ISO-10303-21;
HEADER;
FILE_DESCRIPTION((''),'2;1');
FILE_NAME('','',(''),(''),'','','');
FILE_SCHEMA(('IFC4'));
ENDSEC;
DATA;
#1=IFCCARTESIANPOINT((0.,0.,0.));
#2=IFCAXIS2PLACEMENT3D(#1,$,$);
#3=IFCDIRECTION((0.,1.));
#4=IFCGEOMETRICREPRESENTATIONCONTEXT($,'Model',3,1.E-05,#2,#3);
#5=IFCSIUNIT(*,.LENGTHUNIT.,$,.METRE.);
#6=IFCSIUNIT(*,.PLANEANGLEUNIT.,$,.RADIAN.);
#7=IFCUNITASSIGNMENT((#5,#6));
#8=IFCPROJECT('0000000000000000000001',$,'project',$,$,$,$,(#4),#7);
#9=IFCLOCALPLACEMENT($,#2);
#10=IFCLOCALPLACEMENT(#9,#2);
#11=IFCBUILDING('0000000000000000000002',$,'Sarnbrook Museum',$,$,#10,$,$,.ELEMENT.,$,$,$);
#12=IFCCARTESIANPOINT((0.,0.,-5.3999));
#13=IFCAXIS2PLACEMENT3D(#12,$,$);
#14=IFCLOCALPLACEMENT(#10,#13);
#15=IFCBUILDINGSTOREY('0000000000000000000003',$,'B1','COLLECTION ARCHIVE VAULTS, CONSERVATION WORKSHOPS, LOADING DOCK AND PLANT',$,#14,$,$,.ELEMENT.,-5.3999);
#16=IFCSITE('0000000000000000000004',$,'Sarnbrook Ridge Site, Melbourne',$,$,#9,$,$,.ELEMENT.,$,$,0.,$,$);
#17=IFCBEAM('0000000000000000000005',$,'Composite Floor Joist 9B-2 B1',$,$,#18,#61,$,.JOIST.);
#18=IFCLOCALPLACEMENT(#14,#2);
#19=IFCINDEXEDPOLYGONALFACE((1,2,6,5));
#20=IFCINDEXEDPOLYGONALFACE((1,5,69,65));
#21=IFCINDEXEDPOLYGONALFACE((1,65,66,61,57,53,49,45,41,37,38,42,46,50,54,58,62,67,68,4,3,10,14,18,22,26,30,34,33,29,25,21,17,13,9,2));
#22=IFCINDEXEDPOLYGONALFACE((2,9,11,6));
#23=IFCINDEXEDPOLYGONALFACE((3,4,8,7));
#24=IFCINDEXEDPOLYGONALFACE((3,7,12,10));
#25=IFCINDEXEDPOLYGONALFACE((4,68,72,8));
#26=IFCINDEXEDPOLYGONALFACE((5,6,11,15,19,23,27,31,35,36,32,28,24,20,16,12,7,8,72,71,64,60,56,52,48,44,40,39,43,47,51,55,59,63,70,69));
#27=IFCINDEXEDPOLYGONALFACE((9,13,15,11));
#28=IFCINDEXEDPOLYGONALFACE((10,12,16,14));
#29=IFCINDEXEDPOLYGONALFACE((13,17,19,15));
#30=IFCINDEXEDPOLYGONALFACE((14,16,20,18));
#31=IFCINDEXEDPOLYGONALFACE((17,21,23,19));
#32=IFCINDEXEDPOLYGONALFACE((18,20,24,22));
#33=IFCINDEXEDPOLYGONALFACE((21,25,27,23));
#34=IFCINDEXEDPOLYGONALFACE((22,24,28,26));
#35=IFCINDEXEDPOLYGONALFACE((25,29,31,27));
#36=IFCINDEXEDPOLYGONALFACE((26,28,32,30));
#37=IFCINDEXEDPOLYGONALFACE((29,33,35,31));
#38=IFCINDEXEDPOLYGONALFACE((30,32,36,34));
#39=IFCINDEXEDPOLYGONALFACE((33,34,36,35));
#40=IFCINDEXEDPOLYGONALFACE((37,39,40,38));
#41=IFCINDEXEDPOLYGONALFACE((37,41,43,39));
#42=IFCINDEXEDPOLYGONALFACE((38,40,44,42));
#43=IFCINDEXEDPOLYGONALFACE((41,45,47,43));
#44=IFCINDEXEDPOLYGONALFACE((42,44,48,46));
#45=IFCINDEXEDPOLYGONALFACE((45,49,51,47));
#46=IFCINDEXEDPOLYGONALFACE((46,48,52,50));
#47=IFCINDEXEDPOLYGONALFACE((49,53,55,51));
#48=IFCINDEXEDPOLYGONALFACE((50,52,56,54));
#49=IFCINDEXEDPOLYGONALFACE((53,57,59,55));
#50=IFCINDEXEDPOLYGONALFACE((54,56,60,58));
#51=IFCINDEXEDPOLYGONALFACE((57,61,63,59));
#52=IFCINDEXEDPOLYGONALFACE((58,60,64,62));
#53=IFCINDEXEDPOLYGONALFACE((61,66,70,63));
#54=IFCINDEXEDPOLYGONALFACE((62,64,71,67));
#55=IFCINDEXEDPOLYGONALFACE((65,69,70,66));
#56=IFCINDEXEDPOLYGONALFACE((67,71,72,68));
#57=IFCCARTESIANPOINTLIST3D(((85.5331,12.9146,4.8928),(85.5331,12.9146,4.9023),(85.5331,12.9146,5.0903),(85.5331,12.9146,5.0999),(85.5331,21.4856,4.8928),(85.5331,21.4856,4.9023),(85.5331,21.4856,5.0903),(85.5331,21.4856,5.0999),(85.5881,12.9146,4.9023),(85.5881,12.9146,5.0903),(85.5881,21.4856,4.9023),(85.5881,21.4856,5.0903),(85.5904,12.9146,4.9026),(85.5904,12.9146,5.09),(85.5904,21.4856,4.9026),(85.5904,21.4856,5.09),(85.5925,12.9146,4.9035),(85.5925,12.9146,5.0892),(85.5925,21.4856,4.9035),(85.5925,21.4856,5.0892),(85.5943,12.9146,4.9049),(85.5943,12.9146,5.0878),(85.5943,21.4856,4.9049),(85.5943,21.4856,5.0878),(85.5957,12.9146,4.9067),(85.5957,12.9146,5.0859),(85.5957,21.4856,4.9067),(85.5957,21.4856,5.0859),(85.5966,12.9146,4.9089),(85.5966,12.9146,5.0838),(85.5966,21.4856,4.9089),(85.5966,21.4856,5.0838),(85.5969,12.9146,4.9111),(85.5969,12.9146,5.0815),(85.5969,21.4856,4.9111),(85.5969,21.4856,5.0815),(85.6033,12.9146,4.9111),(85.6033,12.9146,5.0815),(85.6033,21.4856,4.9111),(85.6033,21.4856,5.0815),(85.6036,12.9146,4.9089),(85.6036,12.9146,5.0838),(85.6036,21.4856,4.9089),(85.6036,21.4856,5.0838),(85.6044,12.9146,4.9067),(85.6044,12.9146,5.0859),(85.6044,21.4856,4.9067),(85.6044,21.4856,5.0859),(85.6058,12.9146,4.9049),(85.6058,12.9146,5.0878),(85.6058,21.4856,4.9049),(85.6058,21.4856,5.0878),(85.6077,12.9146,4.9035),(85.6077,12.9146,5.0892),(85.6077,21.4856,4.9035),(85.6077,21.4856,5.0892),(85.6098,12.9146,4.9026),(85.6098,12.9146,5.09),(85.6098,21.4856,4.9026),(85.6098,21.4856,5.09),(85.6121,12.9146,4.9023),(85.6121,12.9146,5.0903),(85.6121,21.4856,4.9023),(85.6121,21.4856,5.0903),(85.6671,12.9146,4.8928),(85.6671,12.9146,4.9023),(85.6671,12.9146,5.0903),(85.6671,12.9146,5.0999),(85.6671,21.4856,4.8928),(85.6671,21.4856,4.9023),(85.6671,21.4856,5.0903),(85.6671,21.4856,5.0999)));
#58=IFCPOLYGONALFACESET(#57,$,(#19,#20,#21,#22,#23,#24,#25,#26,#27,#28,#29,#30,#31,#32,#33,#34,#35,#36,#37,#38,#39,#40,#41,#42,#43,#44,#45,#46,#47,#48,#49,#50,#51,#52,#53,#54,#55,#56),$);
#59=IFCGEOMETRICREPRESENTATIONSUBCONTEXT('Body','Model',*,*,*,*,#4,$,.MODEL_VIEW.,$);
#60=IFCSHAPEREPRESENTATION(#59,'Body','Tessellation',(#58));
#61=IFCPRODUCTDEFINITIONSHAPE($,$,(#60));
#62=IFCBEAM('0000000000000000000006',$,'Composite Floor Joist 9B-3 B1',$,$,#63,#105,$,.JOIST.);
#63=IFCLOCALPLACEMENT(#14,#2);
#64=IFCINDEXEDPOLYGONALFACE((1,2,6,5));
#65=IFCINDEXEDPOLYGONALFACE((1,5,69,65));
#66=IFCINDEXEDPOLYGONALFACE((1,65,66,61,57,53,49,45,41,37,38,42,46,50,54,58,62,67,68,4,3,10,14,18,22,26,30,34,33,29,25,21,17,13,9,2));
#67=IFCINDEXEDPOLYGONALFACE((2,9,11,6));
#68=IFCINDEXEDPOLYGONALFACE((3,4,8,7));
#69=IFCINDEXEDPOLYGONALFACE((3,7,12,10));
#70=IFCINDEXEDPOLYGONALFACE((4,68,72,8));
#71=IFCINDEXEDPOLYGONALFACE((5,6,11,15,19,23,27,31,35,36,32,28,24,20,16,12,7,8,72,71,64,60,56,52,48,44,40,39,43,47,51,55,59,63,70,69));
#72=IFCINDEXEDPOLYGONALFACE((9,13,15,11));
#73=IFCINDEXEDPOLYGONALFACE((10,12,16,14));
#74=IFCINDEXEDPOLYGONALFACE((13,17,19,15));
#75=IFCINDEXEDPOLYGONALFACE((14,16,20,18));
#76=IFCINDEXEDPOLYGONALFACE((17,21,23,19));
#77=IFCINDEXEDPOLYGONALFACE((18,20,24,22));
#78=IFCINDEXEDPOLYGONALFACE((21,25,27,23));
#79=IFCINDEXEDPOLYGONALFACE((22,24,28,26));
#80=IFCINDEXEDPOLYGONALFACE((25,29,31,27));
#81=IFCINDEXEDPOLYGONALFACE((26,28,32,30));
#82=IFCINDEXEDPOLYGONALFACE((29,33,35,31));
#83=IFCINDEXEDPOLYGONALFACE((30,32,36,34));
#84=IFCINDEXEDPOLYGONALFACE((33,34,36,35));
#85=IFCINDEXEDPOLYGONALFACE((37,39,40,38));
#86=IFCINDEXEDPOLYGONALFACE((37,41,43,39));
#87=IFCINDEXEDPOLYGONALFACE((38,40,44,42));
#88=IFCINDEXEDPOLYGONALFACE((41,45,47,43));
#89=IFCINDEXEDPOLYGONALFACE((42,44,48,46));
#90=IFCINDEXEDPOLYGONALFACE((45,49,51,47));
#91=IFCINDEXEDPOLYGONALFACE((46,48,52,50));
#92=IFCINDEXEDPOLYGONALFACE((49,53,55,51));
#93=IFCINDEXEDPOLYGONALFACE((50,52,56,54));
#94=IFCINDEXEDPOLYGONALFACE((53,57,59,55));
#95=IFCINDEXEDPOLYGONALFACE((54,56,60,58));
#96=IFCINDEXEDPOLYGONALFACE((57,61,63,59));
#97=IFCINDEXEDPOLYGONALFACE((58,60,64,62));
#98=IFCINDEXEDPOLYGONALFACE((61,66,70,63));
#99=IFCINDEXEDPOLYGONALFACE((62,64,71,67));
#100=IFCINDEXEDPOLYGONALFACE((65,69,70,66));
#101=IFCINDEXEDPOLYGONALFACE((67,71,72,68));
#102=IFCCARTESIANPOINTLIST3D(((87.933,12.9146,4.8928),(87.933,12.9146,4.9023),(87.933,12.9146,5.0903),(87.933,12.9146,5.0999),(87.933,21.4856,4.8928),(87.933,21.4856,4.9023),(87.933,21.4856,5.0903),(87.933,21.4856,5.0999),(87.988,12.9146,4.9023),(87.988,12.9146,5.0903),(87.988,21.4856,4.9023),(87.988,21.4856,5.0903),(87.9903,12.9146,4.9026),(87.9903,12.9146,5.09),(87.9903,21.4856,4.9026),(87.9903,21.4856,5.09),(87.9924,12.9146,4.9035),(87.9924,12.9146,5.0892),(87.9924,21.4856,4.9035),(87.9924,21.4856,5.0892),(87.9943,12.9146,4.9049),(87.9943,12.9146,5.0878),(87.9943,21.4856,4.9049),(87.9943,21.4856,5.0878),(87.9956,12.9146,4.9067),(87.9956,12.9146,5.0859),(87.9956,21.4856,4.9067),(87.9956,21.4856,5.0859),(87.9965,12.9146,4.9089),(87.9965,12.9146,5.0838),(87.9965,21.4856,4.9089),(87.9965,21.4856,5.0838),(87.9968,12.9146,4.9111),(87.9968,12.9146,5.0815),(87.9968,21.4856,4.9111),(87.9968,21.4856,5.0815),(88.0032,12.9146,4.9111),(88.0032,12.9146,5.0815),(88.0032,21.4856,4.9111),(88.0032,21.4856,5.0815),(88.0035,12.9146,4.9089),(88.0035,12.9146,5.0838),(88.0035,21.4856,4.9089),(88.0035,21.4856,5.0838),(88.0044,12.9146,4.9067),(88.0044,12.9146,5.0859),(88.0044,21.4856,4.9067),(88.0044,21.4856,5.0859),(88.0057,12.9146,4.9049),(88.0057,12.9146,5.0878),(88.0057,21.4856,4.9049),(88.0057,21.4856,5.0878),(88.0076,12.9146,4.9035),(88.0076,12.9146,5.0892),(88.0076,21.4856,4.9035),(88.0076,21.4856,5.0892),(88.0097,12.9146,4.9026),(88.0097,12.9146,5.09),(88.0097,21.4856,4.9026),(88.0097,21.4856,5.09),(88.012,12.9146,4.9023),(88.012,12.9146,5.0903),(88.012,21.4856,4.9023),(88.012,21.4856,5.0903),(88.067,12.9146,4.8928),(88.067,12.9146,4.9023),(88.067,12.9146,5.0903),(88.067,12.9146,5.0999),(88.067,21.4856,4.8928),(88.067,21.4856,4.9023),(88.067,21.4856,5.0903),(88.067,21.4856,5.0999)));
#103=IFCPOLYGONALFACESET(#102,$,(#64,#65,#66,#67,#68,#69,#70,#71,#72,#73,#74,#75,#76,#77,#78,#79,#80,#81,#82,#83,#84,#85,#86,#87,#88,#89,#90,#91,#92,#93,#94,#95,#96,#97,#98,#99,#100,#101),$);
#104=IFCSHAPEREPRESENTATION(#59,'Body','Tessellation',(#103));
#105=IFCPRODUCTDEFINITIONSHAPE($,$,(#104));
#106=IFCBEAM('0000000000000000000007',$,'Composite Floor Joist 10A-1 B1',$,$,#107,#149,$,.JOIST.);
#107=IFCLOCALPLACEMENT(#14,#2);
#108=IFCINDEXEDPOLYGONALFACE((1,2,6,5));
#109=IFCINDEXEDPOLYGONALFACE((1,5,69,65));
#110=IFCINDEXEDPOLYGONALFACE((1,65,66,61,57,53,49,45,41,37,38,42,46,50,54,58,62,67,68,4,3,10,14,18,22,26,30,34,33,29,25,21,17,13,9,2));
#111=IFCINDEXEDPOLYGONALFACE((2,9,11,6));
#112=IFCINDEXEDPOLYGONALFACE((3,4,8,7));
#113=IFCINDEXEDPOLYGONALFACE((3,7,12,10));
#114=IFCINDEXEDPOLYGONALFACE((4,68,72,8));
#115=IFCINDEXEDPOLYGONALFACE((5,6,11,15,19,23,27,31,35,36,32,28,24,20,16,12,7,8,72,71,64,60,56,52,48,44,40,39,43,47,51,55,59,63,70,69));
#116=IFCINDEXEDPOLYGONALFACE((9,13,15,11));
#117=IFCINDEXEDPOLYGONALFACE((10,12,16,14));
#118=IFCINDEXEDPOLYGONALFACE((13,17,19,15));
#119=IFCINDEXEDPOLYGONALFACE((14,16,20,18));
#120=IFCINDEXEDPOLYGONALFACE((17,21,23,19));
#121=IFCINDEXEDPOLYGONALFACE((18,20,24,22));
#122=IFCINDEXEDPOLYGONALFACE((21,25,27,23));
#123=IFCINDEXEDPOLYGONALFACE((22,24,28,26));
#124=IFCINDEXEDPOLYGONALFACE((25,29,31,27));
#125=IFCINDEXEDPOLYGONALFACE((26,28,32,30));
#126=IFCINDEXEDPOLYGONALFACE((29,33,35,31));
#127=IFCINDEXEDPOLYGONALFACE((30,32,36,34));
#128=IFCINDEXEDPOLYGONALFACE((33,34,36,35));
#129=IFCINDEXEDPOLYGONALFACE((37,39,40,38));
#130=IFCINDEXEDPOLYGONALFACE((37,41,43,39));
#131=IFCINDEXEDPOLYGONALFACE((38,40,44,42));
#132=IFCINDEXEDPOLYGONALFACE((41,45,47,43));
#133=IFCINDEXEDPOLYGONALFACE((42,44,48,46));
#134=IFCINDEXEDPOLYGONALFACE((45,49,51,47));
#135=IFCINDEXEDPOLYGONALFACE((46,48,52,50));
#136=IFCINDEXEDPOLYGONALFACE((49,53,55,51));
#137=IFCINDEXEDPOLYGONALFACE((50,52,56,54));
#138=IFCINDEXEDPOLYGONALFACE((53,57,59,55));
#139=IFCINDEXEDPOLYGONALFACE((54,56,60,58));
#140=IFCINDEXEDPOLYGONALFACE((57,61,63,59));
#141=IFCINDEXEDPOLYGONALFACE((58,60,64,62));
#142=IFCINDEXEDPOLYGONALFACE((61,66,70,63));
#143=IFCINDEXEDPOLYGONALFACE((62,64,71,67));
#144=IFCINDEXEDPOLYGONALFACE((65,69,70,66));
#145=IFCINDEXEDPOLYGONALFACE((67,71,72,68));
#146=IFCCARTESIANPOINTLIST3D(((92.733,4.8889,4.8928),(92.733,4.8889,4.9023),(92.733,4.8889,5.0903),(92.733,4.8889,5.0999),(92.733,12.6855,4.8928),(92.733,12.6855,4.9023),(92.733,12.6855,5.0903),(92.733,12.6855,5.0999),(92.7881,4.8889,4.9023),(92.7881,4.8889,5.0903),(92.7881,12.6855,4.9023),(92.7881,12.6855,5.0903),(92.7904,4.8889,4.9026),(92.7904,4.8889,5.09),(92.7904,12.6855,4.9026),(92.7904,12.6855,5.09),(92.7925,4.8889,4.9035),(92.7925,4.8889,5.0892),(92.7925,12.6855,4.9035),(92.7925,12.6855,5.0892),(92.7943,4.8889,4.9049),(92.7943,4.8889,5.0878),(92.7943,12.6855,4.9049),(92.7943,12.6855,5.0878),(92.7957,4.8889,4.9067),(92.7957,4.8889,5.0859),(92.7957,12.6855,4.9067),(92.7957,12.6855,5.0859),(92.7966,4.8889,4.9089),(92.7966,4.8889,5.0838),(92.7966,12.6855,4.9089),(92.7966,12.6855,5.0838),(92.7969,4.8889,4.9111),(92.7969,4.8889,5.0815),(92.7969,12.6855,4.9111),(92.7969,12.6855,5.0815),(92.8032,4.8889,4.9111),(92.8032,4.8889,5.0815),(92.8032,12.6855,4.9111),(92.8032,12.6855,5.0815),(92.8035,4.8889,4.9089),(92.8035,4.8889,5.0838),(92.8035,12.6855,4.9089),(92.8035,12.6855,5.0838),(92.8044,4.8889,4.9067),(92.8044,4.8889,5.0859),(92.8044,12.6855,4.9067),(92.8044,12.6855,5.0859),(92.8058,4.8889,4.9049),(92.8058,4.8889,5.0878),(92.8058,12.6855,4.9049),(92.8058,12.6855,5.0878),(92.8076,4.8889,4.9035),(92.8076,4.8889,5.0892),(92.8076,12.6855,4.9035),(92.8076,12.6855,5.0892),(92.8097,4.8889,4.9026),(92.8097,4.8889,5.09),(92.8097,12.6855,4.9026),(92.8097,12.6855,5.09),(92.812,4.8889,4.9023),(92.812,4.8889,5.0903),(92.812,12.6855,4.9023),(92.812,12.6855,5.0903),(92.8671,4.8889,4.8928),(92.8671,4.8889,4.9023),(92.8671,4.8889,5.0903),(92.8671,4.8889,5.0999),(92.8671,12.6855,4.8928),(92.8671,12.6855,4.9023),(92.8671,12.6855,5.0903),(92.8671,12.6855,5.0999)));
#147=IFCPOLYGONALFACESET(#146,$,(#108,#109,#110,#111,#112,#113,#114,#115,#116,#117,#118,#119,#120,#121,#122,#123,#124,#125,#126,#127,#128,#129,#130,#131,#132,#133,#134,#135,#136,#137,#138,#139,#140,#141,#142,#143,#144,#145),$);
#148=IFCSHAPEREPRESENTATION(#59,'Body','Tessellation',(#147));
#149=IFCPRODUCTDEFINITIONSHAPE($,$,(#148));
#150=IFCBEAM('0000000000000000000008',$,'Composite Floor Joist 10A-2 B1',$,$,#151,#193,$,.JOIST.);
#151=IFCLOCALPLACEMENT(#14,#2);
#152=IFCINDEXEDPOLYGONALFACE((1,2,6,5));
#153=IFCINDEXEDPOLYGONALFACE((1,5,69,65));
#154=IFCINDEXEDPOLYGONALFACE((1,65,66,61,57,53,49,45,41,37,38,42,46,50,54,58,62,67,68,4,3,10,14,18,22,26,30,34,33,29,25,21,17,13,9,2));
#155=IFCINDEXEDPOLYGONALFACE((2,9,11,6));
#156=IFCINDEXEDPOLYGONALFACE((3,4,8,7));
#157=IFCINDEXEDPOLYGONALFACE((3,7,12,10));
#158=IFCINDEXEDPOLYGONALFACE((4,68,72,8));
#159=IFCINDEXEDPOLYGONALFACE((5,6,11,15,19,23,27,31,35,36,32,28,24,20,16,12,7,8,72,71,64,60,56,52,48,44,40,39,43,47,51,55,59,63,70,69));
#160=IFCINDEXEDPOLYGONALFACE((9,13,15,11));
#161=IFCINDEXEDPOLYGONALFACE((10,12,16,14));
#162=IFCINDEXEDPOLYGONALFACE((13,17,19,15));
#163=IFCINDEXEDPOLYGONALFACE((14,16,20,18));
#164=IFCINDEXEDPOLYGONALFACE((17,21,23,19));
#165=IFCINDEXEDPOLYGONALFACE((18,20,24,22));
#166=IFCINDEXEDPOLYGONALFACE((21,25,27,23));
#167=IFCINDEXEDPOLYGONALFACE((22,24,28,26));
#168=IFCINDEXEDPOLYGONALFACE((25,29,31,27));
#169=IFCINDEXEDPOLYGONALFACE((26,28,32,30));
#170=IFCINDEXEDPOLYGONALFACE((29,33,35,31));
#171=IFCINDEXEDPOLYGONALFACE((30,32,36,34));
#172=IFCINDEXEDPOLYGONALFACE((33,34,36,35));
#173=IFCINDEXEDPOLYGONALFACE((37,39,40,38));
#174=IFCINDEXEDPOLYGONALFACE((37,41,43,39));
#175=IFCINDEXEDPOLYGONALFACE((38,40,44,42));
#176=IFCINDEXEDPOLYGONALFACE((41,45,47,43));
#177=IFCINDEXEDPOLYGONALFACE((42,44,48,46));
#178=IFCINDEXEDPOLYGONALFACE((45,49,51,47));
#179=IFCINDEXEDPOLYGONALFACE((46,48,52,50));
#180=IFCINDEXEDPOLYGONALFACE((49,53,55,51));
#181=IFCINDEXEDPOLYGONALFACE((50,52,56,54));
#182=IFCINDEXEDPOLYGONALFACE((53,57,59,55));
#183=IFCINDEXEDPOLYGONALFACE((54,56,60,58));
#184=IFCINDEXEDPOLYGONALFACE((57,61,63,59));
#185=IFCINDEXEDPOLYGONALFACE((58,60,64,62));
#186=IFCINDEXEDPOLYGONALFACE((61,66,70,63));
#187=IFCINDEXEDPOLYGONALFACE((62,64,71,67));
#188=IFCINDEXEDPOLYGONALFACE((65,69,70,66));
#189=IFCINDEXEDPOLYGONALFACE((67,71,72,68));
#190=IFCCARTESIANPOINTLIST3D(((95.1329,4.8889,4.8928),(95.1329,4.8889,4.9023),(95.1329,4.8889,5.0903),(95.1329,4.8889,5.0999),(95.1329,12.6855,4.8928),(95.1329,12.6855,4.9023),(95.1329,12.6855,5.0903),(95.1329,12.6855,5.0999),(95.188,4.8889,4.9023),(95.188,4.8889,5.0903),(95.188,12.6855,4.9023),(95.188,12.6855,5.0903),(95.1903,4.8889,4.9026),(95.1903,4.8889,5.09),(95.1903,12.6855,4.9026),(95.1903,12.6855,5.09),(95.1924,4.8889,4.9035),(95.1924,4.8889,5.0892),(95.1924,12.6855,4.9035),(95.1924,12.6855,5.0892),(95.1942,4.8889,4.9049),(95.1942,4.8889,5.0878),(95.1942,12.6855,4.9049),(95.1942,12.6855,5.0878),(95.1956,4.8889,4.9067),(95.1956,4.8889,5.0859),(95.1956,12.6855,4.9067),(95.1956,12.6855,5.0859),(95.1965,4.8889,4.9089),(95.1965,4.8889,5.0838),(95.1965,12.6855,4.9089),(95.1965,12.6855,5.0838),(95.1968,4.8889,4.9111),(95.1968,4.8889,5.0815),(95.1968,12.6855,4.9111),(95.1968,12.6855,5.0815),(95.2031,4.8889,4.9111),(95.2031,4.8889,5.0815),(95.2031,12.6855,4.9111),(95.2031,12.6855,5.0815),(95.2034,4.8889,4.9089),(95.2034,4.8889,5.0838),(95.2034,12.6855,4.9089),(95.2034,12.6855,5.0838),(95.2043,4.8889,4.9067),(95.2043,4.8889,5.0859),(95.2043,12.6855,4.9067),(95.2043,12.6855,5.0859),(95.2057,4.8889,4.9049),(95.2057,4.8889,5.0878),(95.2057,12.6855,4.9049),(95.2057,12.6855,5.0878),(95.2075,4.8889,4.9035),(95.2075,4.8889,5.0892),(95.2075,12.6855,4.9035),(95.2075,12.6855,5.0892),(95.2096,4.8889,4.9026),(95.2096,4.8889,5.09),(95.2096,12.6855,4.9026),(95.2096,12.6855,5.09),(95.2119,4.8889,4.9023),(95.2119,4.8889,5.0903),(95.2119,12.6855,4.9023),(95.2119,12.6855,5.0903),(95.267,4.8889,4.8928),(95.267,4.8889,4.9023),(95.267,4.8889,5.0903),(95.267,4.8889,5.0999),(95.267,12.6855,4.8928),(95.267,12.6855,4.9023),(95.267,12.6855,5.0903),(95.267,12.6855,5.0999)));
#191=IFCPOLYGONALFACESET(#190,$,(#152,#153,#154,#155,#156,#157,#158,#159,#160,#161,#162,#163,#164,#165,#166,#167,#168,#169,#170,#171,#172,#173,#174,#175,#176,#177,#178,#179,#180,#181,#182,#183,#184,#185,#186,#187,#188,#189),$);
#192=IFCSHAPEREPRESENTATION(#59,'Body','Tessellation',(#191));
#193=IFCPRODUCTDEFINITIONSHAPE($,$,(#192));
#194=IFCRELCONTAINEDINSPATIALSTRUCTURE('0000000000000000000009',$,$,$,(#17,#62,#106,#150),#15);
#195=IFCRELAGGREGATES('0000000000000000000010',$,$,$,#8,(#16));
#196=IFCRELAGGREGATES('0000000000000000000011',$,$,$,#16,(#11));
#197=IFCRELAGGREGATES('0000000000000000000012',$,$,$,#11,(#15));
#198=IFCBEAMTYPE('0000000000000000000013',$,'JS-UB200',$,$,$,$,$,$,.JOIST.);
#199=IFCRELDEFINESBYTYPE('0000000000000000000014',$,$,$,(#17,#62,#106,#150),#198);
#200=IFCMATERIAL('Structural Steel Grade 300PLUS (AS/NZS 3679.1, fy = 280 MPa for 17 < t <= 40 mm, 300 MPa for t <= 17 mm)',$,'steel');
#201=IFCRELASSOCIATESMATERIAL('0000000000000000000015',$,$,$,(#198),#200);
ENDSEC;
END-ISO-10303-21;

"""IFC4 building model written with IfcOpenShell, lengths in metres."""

from ifc_helpers import new_model, si_unit, direction, frame, origin, origin_2d, place, context, subcontext, project, spatial, i_section, extrude, material, material_profile, profile_set, type_object, element, save


model = new_model("IFC4")

# Units and contexts
model_context = context("Model", 3, precision=1e-05, world=origin(), true_north=direction((0.0, 1.0)))
body_context = subcontext(model_context, "Body", "Model", "MODEL_VIEW")
ifc_project = project(units=[si_unit("LENGTHUNIT", "METRE"), si_unit("PLANEANGLEUNIT", "RADIAN")], contexts=[model_context])

# Site, building, storey
site_placement = place(None, origin())
site = spatial("IfcSite", under=ifc_project, at=site_placement, Name="Sarnbrook Ridge Site, Melbourne", CompositionType="ELEMENT", RefElevation=0.0)
building_placement = place(site_placement, origin())
building = spatial("IfcBuilding", under=site, at=building_placement, Name="Sarnbrook Museum", CompositionType="ELEMENT")
storey_placement = place(building_placement, frame((0.0, 0.0, -5.3999)))
storey = spatial("IfcBuildingStorey", under=building, at=storey_placement, Name="B1", Description="COLLECTION ARCHIVE VAULTS, CONSERVATION WORKSHOPS, LOADING DOCK AND PLANT", CompositionType="ELEMENT", Elevation=-5.3999)

# Beams
ifc_material_1 = material(Name="Structural Steel Grade 300PLUS (AS/NZS 3679.1, fy = 280 MPa for 17 < t <= 40 mm, 300 MPa for t <= 17 mm)", Category="steel")
ifc_material_profile_1 = material_profile(ifc_material_1, i_section(OverallWidth=0.134, OverallDepth=0.207, WebThickness=0.0063, FlangeThickness=0.0095, FilletRadius=0.0088, at=origin_2d()), Name="200UB29.8")
ifc_profile_set_1 = profile_set([ifc_material_profile_1], Name="Structural Steel Grade 300PLUS (AS/NZS 3679.1, fy = 280 MPa for 17 < t <= 40 mm, 300 MPa for t <= 17 mm)")
beam_type_1 = type_object("IfcBeamType", Name="JS-UB200", PredefinedType="JOIST", material=ifc_profile_set_1)
for number, where, z_axis, x_axis, name in (
    (1, (85.6001, 12.9146, 4.9963), (0.0, 1.0, 0.0), (-1.0, 0.0, 0.0), "Composite Floor Joist 9B-2 B1"),
    (2, (88.0, 12.9146, 4.9963), (0.0, 1.0, 0.0), (-1.0, 0.0, 0.0), "Composite Floor Joist 9B-3 B1"),
):
    element("IfcBeam", number, at=place(storey_placement, frame(where, z_axis=z_axis, x_axis=x_axis)), inside=storey, type_object=beam_type_1, Name=name, PredefinedType="JOIST", context=body_context, shape_type="SweptSolid", body=[
        extrude(i_section(OverallWidth=0.134, OverallDepth=0.207, WebThickness=0.0063, FlangeThickness=0.0095, FilletRadius=0.0088, at=origin_2d()), origin(), (0.0, 0.0, 1.0), 8.571),
    ])
for number, where, z_axis, x_axis, name in (
    (3, (92.8, 4.8889, 4.9963), (0.0, 1.0, 0.0), (-1.0, 0.0, 0.0), "Composite Floor Joist 10A-1 B1"),
    (4, (95.2, 4.8889, 4.9963), (0.0, 1.0, 0.0), (-1.0, 0.0, 0.0), "Composite Floor Joist 10A-2 B1"),
):
    element("IfcBeam", number, at=place(storey_placement, frame(where, z_axis=z_axis, x_axis=x_axis)), inside=storey, type_object=beam_type_1, Name=name, PredefinedType="JOIST", context=body_context, shape_type="SweptSolid", body=[
        extrude(i_section(OverallWidth=0.134, OverallDepth=0.207, WebThickness=0.0063, FlangeThickness=0.0095, FilletRadius=0.0088, at=origin_2d()), origin(), (0.0, 0.0, 1.0), 7.7966),
    ])

save(model, "model.ifc")
